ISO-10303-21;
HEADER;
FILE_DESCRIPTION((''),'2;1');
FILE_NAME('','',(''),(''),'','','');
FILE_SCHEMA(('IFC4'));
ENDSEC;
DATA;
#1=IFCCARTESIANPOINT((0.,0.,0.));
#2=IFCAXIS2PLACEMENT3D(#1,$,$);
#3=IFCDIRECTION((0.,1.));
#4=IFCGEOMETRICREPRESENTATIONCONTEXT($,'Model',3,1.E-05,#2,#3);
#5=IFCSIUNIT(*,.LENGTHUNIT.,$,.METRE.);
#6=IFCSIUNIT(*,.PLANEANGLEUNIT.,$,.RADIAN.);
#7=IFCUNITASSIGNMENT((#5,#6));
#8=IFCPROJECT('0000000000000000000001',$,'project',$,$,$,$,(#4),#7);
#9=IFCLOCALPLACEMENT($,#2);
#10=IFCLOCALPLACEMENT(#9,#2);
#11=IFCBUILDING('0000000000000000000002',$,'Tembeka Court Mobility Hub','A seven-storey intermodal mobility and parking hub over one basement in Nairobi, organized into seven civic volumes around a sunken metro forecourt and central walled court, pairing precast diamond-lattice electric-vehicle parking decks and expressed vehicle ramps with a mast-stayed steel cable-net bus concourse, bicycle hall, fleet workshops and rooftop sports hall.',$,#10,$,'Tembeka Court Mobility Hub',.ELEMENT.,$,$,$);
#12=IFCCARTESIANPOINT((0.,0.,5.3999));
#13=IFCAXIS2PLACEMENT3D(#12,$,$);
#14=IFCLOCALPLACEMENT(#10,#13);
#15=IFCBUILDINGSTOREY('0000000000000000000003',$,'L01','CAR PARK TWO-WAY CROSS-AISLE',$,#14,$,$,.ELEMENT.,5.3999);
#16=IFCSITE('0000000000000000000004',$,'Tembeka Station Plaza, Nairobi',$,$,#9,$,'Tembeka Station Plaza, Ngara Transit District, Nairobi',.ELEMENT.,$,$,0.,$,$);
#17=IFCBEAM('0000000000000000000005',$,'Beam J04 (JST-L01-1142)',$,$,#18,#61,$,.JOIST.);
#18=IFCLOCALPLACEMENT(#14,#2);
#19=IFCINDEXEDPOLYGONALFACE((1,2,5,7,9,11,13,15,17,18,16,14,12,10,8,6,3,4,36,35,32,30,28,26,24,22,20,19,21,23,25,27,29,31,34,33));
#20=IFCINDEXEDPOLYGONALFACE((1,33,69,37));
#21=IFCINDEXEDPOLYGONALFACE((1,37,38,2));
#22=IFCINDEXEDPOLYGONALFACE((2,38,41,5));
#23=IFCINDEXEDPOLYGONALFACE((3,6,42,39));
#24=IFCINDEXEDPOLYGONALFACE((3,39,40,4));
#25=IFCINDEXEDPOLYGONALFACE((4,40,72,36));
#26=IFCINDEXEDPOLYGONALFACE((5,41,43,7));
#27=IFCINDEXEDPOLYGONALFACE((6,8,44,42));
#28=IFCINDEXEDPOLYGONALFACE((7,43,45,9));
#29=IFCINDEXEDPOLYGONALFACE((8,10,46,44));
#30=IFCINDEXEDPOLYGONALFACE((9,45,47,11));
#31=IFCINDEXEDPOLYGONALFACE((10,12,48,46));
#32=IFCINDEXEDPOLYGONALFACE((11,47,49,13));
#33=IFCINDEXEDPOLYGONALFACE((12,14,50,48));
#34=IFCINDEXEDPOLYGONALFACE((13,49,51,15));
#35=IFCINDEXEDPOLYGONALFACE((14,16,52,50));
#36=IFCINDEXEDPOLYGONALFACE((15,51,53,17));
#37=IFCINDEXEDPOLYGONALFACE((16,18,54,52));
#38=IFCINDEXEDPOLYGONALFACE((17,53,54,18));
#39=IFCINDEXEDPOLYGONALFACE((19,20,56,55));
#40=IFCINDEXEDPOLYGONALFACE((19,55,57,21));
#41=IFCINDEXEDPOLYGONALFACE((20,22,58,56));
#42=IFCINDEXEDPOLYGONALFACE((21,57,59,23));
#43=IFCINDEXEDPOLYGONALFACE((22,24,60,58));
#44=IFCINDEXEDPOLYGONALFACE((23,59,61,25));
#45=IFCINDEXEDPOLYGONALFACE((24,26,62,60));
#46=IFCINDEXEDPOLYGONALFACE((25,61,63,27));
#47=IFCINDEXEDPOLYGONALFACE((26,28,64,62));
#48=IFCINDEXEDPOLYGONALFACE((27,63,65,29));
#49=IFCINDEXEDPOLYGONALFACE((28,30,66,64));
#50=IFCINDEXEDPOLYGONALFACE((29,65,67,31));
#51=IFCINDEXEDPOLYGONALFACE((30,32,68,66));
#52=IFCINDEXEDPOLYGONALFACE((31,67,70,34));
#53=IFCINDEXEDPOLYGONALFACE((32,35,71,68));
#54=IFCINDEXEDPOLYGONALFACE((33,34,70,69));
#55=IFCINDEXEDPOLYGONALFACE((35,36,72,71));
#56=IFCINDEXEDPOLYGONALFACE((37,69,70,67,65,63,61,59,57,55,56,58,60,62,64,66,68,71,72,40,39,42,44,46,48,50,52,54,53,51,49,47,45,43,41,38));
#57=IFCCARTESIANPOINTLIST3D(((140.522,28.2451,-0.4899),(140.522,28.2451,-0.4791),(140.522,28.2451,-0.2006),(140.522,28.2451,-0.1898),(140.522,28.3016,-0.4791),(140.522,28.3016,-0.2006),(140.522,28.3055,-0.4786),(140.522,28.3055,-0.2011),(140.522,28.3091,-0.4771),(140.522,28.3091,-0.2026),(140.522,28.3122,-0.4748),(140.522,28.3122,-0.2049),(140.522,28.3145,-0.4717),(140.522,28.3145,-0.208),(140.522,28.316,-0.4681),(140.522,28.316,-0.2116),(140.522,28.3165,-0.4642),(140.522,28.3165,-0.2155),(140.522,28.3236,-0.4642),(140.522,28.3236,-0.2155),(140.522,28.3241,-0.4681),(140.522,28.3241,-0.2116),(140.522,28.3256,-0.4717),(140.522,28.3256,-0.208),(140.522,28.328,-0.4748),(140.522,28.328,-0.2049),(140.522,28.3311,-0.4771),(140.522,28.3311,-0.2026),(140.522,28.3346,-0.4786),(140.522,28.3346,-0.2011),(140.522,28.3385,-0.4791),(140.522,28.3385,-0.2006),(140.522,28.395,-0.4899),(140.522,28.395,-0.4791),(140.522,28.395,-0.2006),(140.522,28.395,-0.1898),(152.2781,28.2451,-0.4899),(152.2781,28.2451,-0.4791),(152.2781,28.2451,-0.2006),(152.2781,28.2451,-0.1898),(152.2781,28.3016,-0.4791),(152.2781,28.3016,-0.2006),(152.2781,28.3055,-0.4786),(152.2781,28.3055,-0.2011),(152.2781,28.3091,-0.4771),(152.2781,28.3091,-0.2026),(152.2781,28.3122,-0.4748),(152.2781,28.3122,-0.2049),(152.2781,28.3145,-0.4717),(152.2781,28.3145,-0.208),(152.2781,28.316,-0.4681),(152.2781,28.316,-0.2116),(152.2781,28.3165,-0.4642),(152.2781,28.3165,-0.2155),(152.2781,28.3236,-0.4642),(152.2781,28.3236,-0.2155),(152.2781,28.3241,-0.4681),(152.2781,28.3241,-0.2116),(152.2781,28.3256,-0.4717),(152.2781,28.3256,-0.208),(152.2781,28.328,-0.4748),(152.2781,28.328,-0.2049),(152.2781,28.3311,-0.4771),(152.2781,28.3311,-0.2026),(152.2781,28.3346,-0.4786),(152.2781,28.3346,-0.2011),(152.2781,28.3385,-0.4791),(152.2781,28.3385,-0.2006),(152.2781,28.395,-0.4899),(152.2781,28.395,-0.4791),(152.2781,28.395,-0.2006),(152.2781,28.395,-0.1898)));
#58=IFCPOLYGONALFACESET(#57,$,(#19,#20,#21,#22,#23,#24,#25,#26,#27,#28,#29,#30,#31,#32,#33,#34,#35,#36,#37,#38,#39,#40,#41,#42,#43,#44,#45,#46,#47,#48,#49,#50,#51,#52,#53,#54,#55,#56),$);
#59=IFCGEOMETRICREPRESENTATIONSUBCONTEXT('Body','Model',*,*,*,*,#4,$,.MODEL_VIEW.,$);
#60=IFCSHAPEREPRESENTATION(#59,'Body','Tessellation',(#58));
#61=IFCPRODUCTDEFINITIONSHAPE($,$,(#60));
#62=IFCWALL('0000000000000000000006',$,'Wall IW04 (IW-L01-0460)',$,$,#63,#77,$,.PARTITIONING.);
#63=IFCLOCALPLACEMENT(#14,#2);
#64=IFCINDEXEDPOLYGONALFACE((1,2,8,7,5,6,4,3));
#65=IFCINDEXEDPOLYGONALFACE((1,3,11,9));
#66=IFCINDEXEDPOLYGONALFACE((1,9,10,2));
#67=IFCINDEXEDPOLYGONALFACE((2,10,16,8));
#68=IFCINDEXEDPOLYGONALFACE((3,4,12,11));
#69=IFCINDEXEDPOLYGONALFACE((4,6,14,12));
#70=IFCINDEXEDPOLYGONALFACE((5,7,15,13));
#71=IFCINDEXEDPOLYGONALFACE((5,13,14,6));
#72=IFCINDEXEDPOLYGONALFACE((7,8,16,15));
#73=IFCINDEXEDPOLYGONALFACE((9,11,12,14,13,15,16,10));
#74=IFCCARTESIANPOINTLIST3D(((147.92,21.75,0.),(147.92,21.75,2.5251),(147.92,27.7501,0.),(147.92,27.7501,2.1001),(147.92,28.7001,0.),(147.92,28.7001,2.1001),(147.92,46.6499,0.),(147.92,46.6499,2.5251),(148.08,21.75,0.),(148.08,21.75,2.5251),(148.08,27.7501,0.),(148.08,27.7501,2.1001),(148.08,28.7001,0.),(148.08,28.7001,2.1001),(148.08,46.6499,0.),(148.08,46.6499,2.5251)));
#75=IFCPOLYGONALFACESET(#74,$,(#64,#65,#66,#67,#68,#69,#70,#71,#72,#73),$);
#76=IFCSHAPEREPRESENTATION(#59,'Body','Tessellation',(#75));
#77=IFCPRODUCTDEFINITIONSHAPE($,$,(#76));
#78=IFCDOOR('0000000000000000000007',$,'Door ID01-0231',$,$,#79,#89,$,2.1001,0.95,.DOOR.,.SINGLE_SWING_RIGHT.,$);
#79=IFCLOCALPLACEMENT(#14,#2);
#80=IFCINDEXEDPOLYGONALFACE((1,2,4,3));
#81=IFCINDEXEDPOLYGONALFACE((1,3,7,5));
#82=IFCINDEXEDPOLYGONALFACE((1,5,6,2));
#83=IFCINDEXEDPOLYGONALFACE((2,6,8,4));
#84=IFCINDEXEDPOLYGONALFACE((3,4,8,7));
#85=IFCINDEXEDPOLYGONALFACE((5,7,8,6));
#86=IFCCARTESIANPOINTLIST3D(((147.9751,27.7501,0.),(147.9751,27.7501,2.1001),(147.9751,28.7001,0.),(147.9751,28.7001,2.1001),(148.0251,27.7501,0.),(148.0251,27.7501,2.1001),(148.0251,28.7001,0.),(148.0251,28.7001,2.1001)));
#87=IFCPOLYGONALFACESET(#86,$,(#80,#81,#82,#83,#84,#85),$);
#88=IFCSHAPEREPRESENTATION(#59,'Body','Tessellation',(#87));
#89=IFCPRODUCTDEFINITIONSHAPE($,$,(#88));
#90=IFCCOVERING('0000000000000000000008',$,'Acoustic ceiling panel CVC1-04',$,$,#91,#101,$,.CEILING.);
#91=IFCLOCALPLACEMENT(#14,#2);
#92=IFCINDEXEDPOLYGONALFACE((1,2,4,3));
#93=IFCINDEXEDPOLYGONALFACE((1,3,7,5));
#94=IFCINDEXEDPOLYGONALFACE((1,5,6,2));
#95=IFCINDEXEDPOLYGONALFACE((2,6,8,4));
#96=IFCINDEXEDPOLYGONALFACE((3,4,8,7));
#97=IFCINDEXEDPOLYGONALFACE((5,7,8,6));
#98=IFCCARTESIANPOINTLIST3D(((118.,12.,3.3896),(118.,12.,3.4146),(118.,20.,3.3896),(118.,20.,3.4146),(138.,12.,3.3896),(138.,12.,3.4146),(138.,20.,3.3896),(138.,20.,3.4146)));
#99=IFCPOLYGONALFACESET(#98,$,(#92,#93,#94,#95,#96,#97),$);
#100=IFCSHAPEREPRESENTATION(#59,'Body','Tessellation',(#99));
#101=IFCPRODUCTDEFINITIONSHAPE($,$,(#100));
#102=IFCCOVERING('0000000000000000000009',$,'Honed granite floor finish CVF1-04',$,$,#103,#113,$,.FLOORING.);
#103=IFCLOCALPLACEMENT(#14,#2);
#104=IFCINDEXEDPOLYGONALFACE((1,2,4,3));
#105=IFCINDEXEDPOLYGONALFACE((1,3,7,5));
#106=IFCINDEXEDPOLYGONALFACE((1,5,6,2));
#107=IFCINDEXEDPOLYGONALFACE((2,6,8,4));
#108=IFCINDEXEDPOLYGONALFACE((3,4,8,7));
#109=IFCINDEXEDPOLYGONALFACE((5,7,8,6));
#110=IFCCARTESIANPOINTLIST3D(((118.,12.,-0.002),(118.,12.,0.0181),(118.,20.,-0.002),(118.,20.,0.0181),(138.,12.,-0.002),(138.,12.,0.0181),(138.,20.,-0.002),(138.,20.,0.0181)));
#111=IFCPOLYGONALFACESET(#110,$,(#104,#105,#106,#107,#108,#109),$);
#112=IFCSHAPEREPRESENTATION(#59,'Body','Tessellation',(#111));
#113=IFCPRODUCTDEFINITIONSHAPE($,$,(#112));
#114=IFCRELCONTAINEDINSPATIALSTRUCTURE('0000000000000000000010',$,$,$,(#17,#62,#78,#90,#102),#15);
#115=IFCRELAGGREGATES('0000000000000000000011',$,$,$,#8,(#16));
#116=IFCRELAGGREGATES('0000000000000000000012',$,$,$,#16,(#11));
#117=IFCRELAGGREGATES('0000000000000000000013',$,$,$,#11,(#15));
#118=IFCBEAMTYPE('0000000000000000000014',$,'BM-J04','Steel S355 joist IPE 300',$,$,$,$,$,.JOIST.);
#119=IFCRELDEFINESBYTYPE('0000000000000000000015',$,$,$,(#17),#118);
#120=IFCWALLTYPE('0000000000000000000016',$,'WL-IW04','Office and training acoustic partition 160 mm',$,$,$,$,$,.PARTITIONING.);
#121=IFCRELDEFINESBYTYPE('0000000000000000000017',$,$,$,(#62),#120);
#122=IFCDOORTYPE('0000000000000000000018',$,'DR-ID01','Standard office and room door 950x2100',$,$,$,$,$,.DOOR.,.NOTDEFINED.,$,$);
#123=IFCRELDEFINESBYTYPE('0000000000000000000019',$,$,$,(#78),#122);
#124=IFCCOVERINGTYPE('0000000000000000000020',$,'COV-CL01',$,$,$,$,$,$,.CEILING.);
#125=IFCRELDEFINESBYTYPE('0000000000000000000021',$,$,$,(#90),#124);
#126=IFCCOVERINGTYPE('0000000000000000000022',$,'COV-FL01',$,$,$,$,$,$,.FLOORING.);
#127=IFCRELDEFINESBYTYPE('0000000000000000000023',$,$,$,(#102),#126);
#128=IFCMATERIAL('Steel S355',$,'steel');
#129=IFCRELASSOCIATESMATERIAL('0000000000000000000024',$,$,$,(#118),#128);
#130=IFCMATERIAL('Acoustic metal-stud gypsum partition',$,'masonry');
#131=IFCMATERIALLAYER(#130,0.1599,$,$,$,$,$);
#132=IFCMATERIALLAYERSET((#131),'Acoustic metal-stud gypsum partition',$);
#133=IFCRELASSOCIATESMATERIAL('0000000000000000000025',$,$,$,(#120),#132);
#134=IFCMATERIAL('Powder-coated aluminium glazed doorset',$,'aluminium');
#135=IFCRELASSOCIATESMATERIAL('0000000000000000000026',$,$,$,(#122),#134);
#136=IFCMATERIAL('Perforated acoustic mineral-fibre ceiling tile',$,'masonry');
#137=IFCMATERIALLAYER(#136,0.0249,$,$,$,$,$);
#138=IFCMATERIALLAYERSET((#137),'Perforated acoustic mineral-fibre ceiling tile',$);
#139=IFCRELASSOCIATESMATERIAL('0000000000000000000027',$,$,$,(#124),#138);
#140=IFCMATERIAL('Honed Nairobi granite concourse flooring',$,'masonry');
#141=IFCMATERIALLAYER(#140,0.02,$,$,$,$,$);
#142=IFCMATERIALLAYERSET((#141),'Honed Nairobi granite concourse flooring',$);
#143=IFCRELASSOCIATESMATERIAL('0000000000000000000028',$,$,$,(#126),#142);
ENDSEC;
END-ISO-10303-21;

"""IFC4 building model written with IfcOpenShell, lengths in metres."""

from ifc_helpers import new_model, si_unit, direction, frame, frame_2d, origin, origin_2d, place, context, subcontext, project, spatial, rectangle, i_section, extrude, material, layer, layer_set, material_profile, profile_set, type_object, element, fill, save


model = new_model("IFC4")

# Units and contexts
model_context = context("Model", 3, precision=1e-05, world=origin(), true_north=direction((0.0, 1.0)))
body_context = subcontext(model_context, "Body", "Model", "MODEL_VIEW")
ifc_project = project(units=[si_unit("LENGTHUNIT", "METRE"), si_unit("PLANEANGLEUNIT", "RADIAN")], contexts=[model_context])

# Site, building, storey
site_placement = place(None, origin())
site = spatial("IfcSite", under=ifc_project, at=site_placement, Name="Tembeka Station Plaza, Nairobi", LongName="Tembeka Station Plaza, Ngara Transit District, Nairobi", CompositionType="ELEMENT", RefElevation=0.0)
building_placement = place(site_placement, origin())
building = spatial("IfcBuilding", under=site, at=building_placement, Name="Tembeka Court Mobility Hub", Description="A seven-storey intermodal mobility and parking hub over one basement in Nairobi, organized into seven civic volumes around a sunken metro forecourt and central walled court, pairing precast diamond-lattice electric-vehicle parking decks and expressed vehicle ramps with a mast-stayed steel cable-net bus concourse, bicycle hall, fleet workshops and rooftop sports hall.", LongName="Tembeka Court Mobility Hub", CompositionType="ELEMENT")
storey_placement = place(building_placement, frame((0.0, 0.0, 5.3999)))
storey = spatial("IfcBuildingStorey", under=building, at=storey_placement, Name="L01", Description="CAR PARK TWO-WAY CROSS-AISLE", CompositionType="ELEMENT", Elevation=5.3999)

# Shared definitions
ifc_material_1 = material(Name="Steel S355", Category="steel")

# Beam
ifc_material_profile_1 = material_profile(ifc_material_1, i_section(OverallWidth=0.1499, OverallDepth=0.3, WebThickness=0.0071, FlangeThickness=0.0107, FilletRadius=0.0149, at=origin_2d()), Name="IPE 300")
ifc_profile_set_1 = profile_set([ifc_material_profile_1], Name="Steel S355")
beam_type_1 = type_object("IfcBeamType", Name="BM-J04", Description="Steel S355 joist IPE 300", PredefinedType="JOIST", material=ifc_profile_set_1)
for number, where, z_axis, x_axis, name in (
    (1, (140.522, 28.3201, -0.3398), (1.0, 0.0, 0.0), (0.0, 1.0, 0.0), "Beam J04 (JST-L01-1142)"),
):
    element("IfcBeam", number, at=place(storey_placement, frame(where, z_axis=z_axis, x_axis=x_axis)), inside=storey, type_object=beam_type_1, Name=name, PredefinedType="JOIST", context=body_context, shape_type="SweptSolid", body=[
        extrude(i_section(OverallWidth=0.1499, OverallDepth=0.3, WebThickness=0.0071, FlangeThickness=0.0107, FilletRadius=0.0149, at=origin_2d()), origin(), (0.0, 0.0, 1.0), 11.7561),
    ])

# Wall, opening, door
ifc_material_2 = material(Name="Acoustic metal-stud gypsum partition", Category="masonry")
ifc_layer_1 = layer(ifc_material_2, 0.1599)
ifc_layer_set_1 = layer_set([ifc_layer_1], Name="Acoustic metal-stud gypsum partition")
wall_type = type_object("IfcWallType", Name="WL-IW04", Description="Office and training acoustic partition 160 mm", PredefinedType="PARTITIONING", material=ifc_layer_set_1)
wall_placement = place(storey_placement, frame((148.0, 21.75, 0.0), z_axis=(0.0, 0.0, 1.0), x_axis=(0.0, 1.0, 0.0)))
wall = element("IfcWall", 2, at=wall_placement, inside=storey, type_object=wall_type, Name="Wall IW04 (IW-L01-0460)", PredefinedType="PARTITIONING", context=body_context, shape_type="SweptSolid", body=[
    extrude(rectangle(XDim=24.8999, YDim=0.1599, at=frame_2d((12.45, 0.0))), origin(), (0.0, 0.0, 1.0), 2.5251),
])
opening_placement = place(wall_placement, frame((6.0, 0.0, 0.0)))
opening = element("IfcOpeningElement", 3, at=opening_placement, cuts=wall, PredefinedType="OPENING", context=body_context, shape_type="SweptSolid", body=[
    extrude(rectangle(XDim=0.95, YDim=2.1001, at=frame_2d((0.4751, 1.05))), frame((0.0, 0.0898, 0.0), z_axis=(0.0, -1.0, 0.0), x_axis=(1.0, 0.0, 0.0)), (0.0, 0.0, 1.0), 0.1799),
])
ifc_material_3 = material(Name="Powder-coated aluminium glazed doorset", Category="aluminium")
door_type = type_object("IfcDoorType", Name="DR-ID01", Description="Standard office and room door 950x2100", OperationType="NOTDEFINED", PredefinedType="DOOR", material=ifc_material_3)
door_placement = place(opening_placement, origin())
door = element("IfcDoor", 4, at=door_placement, inside=storey, type_object=door_type, Name="Door ID01-0231", OperationType="SINGLE_SWING_RIGHT", OverallHeight=2.1001, OverallWidth=0.95, PredefinedType="DOOR", context=body_context, shape_type="SweptSolid", body=[
    extrude(rectangle(XDim=0.95, YDim=2.1001, at=frame_2d((0.4751, 1.05))), frame((0.0, 0.0249, 0.0), z_axis=(0.0, -1.0, 0.0), x_axis=(1.0, 0.0, 0.0)), (0.0, 0.0, 1.0), 0.05),
])
fill(opening, door)

# Coverings
ifc_material_4 = material(Name="Perforated acoustic mineral-fibre ceiling tile", Category="masonry")
ifc_layer_2 = layer(ifc_material_4, 0.0249)
ifc_layer_set_2 = layer_set([ifc_layer_2], Name="Perforated acoustic mineral-fibre ceiling tile")
covering_type_1 = type_object("IfcCoveringType", Name="COV-CL01", PredefinedType="CEILING", material=ifc_layer_set_2)
covering_1_placement = place(storey_placement, frame((128.0, 16.0, 3.3896), z_axis=(0.0, 0.0, 1.0), x_axis=(1.0, 0.0, 0.0)))
element("IfcCovering", 5, at=covering_1_placement, inside=storey, type_object=covering_type_1, Name="Acoustic ceiling panel CVC1-04", PredefinedType="CEILING", context=body_context, shape_type="SweptSolid", body=[
    extrude(rectangle(XDim=20.0, YDim=8.0, at=origin_2d()), origin(), (0.0, 0.0, 1.0), 0.0249),
])
ifc_material_5 = material(Name="Honed Nairobi granite concourse flooring", Category="masonry")
ifc_layer_3 = layer(ifc_material_5, 0.02)
ifc_layer_set_3 = layer_set([ifc_layer_3], Name="Honed Nairobi granite concourse flooring")
covering_type_2 = type_object("IfcCoveringType", Name="COV-FL01", PredefinedType="FLOORING", material=ifc_layer_set_3)
covering_2_placement = place(storey_placement, frame((128.0, 16.0, -0.002), z_axis=(0.0, 0.0, 1.0), x_axis=(1.0, 0.0, 0.0)))
element("IfcCovering", 6, at=covering_2_placement, inside=storey, type_object=covering_type_2, Name="Honed granite floor finish CVF1-04", PredefinedType="FLOORING", context=body_context, shape_type="SweptSolid", body=[
    extrude(rectangle(XDim=20.0, YDim=8.0, at=origin_2d()), origin(), (0.0, 0.0, 1.0), 0.02),
])

save(model, "model.ifc")
